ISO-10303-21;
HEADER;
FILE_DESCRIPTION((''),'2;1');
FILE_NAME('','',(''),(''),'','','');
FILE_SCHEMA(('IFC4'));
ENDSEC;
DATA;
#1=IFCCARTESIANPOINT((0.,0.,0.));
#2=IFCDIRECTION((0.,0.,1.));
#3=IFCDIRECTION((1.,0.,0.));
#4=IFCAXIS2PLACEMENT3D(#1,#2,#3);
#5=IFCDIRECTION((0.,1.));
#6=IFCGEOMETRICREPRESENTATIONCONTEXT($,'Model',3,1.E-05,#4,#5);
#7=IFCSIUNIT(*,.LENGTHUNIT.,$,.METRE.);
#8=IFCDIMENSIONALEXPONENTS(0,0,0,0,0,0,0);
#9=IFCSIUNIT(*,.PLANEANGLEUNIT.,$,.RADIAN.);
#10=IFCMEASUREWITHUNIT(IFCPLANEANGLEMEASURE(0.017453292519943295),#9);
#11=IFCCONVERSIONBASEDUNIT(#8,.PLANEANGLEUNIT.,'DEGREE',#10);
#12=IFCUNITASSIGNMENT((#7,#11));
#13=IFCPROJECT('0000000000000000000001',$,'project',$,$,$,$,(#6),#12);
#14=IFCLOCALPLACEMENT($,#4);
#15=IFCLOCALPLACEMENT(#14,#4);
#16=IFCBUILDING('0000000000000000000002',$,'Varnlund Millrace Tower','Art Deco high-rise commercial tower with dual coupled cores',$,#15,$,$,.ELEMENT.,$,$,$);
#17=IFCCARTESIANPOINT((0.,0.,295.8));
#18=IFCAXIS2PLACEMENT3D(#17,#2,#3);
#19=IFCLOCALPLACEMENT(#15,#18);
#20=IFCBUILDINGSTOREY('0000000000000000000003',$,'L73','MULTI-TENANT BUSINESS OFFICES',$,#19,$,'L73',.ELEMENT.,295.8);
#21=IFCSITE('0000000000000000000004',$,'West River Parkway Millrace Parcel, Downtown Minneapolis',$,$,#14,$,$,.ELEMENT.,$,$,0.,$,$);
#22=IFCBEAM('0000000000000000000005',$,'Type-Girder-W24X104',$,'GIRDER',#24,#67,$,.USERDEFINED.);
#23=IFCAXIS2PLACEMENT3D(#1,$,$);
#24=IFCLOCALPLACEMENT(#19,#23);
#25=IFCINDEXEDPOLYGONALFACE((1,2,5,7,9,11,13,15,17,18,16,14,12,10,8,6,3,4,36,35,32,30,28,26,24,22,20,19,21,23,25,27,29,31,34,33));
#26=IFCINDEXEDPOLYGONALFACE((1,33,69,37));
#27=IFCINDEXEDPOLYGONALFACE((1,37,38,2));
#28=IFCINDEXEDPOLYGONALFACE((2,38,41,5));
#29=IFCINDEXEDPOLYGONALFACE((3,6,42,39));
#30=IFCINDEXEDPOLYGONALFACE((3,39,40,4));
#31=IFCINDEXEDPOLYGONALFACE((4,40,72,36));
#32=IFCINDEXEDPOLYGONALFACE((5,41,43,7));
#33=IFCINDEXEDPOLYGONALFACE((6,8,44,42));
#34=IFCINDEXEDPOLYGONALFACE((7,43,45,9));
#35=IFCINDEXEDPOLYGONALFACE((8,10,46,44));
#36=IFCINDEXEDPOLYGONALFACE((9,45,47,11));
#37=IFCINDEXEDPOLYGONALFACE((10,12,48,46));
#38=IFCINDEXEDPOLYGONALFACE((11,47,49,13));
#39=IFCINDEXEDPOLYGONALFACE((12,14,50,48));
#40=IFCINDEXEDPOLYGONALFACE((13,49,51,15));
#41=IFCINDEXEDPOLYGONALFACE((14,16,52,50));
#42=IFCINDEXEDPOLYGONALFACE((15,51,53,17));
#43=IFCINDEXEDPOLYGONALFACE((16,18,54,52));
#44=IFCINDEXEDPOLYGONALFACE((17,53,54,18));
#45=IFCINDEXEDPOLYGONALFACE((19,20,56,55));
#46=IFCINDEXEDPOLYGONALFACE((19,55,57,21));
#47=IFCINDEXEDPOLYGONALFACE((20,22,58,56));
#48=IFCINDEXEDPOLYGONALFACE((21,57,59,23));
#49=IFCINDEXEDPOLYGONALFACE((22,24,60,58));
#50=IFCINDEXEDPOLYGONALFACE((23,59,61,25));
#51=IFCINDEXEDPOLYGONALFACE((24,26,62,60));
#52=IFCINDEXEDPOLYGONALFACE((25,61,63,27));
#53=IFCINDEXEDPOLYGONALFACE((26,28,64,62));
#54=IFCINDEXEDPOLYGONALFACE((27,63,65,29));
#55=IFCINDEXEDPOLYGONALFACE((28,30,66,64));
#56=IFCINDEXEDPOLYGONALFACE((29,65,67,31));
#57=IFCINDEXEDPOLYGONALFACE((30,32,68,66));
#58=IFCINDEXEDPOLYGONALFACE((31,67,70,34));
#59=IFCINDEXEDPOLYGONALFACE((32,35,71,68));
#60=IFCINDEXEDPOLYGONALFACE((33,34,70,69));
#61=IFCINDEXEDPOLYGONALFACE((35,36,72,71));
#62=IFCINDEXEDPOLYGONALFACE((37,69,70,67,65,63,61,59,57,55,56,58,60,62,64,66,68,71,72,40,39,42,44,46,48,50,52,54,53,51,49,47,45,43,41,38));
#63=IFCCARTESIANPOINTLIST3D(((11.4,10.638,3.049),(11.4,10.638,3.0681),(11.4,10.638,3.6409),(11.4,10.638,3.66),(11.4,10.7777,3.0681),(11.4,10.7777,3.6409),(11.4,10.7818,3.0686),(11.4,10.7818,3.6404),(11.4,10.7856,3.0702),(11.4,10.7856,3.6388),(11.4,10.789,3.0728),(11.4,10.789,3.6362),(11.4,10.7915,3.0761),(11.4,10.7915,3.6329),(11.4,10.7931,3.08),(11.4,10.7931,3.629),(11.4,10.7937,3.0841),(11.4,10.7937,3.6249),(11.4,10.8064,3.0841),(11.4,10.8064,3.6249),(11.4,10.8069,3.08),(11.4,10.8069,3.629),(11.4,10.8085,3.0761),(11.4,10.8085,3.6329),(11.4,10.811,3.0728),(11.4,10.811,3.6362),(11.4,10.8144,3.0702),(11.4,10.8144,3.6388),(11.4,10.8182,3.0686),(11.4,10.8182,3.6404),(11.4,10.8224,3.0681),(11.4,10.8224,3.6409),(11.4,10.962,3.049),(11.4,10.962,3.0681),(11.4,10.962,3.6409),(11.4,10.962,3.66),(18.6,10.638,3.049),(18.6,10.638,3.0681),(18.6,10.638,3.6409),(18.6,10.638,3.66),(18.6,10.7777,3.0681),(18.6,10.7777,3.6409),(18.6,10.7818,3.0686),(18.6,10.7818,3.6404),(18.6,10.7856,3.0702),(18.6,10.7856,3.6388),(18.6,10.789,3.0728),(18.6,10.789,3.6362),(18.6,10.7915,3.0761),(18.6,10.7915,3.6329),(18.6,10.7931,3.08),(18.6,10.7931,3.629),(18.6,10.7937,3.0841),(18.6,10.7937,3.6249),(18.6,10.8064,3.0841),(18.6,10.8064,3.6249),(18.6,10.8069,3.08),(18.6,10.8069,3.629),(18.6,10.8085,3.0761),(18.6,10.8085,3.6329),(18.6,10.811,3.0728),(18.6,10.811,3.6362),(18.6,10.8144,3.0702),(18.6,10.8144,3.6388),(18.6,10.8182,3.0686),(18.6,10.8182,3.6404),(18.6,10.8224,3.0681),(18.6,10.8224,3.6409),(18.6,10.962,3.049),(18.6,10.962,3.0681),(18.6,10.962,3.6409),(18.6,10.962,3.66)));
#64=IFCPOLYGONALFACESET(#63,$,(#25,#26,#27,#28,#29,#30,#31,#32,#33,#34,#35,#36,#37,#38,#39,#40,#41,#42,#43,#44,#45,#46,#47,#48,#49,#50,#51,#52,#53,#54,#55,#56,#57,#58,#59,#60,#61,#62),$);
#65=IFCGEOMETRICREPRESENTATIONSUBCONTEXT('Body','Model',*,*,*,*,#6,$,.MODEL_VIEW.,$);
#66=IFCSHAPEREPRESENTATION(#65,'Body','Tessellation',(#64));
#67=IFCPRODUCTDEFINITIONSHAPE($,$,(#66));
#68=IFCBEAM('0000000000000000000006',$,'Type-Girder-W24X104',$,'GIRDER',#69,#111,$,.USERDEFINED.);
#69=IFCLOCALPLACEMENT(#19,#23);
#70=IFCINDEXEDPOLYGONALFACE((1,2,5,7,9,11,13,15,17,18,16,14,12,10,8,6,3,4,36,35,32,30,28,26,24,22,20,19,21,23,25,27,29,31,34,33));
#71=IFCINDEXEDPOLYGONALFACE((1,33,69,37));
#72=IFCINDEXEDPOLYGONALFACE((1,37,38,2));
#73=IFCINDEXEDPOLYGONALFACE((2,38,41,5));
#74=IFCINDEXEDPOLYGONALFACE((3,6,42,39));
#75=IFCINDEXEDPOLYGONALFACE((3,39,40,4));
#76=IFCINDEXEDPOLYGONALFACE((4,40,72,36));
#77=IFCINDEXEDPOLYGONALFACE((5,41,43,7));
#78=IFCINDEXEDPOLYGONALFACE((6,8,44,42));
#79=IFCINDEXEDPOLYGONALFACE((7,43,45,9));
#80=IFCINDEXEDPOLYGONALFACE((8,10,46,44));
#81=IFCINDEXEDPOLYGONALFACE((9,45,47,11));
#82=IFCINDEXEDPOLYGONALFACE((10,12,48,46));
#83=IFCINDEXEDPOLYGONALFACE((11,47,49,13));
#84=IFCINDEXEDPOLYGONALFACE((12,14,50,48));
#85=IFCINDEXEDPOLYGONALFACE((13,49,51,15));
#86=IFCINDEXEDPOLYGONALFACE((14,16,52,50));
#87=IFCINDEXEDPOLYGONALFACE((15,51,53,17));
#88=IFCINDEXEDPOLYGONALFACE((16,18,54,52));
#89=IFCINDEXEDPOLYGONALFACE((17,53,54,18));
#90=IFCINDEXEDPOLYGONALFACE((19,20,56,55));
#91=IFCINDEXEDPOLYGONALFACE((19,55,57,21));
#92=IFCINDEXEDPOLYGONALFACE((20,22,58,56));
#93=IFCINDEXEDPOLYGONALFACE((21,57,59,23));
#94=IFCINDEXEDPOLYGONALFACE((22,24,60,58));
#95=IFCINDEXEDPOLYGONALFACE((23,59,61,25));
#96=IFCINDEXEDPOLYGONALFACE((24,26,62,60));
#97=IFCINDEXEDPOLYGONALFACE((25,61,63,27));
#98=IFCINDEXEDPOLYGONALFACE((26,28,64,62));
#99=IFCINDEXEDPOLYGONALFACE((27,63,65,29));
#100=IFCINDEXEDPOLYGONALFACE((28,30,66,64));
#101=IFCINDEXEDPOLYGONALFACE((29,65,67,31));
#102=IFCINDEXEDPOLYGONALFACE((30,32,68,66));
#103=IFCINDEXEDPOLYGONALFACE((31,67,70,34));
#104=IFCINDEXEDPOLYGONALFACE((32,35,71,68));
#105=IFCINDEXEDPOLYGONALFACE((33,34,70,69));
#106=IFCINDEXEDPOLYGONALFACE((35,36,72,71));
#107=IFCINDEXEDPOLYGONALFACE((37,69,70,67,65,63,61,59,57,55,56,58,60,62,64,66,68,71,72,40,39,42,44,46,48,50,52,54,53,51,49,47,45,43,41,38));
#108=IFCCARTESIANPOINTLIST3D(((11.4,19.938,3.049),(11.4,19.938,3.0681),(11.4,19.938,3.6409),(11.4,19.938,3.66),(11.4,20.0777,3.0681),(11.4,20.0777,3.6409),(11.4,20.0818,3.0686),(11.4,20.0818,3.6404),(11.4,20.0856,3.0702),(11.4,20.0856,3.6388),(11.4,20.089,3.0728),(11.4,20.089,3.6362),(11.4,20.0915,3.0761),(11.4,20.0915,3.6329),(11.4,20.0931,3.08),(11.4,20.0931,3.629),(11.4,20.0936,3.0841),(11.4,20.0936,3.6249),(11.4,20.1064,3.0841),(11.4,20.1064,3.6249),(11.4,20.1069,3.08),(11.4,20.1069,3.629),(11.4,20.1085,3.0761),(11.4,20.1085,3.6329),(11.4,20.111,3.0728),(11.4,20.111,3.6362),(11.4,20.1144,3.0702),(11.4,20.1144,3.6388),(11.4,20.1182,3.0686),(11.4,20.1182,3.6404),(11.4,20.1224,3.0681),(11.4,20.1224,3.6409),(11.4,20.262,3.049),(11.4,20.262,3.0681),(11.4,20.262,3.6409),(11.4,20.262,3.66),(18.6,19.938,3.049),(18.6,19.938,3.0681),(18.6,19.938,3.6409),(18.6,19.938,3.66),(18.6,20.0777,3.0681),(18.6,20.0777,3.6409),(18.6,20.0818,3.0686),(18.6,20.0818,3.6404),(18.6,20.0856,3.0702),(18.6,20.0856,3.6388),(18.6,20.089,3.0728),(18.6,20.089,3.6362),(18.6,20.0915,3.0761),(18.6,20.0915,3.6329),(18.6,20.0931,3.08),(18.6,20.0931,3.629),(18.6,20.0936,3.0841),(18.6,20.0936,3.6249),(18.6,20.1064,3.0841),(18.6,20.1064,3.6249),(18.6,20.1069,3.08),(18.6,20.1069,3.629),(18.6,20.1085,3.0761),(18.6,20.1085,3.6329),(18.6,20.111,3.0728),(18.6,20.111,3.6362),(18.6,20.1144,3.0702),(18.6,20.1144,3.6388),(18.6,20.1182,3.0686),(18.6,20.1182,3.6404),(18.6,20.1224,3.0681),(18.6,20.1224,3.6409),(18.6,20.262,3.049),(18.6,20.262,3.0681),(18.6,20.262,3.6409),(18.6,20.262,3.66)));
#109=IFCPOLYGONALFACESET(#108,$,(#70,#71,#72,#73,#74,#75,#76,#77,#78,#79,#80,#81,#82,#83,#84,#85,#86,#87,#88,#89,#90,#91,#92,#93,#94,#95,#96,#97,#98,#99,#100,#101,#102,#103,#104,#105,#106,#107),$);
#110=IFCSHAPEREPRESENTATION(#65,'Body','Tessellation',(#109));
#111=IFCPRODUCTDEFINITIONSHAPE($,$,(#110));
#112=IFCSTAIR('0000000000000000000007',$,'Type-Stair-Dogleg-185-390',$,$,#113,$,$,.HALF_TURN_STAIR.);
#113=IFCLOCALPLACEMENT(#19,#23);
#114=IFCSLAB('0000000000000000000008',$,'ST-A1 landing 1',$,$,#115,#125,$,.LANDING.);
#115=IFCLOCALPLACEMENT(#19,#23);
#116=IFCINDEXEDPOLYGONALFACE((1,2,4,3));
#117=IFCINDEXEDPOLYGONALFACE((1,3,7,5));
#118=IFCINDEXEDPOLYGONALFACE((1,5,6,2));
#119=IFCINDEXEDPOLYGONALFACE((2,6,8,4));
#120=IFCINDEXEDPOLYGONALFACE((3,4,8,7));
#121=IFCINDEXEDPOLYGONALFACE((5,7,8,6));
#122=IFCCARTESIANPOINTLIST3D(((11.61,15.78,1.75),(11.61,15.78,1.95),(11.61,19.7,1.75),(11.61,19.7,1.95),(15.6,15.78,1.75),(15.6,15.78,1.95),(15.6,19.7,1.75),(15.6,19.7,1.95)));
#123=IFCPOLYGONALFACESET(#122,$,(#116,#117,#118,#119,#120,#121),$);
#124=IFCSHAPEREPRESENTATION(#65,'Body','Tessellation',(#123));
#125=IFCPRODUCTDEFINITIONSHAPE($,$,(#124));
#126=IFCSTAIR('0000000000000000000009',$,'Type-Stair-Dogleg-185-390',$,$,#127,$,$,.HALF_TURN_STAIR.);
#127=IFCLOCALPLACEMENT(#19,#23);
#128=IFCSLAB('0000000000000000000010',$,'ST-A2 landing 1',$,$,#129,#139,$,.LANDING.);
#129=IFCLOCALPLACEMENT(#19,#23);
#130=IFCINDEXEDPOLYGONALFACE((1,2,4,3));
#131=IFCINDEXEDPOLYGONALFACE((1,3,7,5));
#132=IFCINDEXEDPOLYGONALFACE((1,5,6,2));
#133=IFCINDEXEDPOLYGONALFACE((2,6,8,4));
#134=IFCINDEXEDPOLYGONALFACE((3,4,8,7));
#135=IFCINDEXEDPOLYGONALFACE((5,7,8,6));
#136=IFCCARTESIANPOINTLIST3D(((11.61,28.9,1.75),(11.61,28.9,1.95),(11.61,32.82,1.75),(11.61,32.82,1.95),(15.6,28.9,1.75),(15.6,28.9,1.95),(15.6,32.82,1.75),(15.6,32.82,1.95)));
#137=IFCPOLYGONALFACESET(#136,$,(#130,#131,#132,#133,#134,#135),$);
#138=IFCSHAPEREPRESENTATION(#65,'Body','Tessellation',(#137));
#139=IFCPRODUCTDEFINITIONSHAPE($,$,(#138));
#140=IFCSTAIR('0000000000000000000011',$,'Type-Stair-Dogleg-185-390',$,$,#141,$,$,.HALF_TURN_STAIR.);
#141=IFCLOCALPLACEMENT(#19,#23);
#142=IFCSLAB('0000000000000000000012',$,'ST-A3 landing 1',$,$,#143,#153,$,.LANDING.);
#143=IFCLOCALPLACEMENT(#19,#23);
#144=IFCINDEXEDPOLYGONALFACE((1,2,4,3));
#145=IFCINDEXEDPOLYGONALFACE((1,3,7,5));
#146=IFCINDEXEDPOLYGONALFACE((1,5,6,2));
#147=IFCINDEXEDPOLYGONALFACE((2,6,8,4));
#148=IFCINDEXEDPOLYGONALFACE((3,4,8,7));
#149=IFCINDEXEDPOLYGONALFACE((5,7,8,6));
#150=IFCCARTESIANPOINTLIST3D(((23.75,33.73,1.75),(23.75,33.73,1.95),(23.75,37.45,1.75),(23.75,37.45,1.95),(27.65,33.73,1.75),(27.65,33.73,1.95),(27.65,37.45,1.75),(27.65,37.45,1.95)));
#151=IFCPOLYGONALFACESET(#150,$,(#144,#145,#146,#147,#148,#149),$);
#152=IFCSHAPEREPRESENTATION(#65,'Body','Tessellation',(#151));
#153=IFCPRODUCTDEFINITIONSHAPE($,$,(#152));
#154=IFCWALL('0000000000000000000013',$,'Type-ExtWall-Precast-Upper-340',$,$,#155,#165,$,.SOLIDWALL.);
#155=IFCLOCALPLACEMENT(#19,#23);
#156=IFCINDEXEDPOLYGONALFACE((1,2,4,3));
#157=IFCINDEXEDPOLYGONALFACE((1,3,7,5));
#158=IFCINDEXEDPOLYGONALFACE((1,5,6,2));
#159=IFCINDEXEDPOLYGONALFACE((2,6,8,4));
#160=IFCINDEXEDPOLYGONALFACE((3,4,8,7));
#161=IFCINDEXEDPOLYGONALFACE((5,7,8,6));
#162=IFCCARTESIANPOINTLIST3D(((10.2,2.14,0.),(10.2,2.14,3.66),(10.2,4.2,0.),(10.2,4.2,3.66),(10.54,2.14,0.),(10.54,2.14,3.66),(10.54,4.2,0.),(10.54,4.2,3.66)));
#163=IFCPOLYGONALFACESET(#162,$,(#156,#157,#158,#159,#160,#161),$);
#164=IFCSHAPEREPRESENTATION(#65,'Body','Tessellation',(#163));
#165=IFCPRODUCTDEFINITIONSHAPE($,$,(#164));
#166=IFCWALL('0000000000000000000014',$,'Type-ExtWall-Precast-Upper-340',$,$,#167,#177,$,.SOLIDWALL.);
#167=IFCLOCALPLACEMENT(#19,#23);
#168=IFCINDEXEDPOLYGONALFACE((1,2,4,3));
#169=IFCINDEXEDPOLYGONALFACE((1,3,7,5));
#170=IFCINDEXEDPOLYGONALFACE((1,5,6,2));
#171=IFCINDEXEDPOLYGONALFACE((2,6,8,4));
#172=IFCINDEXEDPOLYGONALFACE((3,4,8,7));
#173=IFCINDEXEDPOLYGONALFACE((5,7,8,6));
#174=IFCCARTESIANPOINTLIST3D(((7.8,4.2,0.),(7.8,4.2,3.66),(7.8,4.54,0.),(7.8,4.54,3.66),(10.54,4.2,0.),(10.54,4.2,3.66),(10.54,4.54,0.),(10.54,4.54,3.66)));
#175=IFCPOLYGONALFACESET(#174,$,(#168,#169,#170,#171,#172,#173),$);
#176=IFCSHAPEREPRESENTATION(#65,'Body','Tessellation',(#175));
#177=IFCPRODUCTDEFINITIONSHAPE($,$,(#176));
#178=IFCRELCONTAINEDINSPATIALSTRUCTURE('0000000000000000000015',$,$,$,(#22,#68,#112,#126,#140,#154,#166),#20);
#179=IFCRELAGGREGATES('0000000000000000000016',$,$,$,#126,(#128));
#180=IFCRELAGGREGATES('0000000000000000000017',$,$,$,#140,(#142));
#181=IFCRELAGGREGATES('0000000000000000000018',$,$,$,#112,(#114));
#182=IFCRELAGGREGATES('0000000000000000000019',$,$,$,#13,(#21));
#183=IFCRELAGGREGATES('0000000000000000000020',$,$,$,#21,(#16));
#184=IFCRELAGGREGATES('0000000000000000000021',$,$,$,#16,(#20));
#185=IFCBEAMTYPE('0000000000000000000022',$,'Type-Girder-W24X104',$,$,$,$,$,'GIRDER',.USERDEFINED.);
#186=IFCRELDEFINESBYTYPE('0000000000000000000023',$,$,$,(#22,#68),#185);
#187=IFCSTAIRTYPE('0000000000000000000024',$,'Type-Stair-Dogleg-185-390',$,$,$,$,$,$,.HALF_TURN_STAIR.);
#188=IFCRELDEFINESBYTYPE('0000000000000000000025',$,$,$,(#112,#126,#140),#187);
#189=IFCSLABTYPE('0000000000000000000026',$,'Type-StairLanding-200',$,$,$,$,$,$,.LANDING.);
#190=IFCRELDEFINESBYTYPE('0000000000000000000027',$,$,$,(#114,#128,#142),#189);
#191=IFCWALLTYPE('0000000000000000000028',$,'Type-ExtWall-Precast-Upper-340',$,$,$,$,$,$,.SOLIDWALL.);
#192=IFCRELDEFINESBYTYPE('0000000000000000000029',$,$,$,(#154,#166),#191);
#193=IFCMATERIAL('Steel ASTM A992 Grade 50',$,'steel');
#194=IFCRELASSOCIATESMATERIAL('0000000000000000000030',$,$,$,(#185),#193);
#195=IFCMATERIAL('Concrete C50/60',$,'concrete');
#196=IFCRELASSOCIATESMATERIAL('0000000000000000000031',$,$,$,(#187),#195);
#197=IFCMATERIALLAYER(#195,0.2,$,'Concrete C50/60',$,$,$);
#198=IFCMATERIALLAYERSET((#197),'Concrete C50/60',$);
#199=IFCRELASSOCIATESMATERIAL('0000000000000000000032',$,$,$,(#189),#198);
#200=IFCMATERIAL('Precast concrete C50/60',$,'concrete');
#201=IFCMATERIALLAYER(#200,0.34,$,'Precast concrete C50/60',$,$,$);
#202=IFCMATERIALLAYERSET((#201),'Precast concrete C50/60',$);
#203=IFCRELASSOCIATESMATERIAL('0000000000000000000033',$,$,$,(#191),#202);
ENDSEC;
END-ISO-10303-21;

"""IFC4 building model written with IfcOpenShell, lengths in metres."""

from ifc_helpers import new_model, entity, si_unit, converted_unit, direction, frame, origin_with_axes, origin_2d_with_axis, place, context, subcontext, project, spatial, polyline, i_section, outline, extrude, material, layer, layer_set, material_profile, profile_set, type_object, element, aggregate, save


model = new_model("IFC4")

# Units and contexts
model_context = context("Model", 3, precision=1e-05, world=origin_with_axes(), true_north=direction((0.0, 1.0)))
body_context = subcontext(model_context, "Body", "Model", "MODEL_VIEW")
ifc_project = project(units=[si_unit("LENGTHUNIT", "METRE"), converted_unit("PLANEANGLEUNIT", "DEGREE", entity("IfcPlaneAngleMeasure", 0.017453292519943295), si_unit("PLANEANGLEUNIT", "RADIAN"), dimensions=[0, 0, 0, 0, 0, 0, 0])], contexts=[model_context])

# Site, building, storey
site_placement = place(None, origin_with_axes())
site = spatial("IfcSite", under=ifc_project, at=site_placement, Name="West River Parkway Millrace Parcel, Downtown Minneapolis", CompositionType="ELEMENT", RefElevation=0.0)
building_placement = place(site_placement, origin_with_axes())
building = spatial("IfcBuilding", under=site, at=building_placement, Name="Varnlund Millrace Tower", Description="Art Deco high-rise commercial tower with dual coupled cores", CompositionType="ELEMENT")
storey_placement = place(building_placement, frame((0.0, 0.0, 295.8), z_axis=(0.0, 0.0, 1.0), x_axis=(1.0, 0.0, 0.0)))
storey = spatial("IfcBuildingStorey", under=building, at=storey_placement, Name="L73", Description="MULTI-TENANT BUSINESS OFFICES", LongName="L73", CompositionType="ELEMENT", Elevation=295.8)

# Beams
ifc_material_1 = material(Name="Steel ASTM A992 Grade 50", Category="steel")
ifc_material_profile_1 = material_profile(ifc_material_1, i_section(OverallWidth=0.324, OverallDepth=0.611, WebThickness=0.0127, FlangeThickness=0.0191, FilletRadius=0.016, at=origin_2d_with_axis()), Name="Steel ASTM A992 Grade 50")
ifc_profile_set_1 = profile_set([ifc_material_profile_1], Name="Steel ASTM A992 Grade 50")
beam_type_1 = type_object("IfcBeamType", Name="Type-Girder-W24X104", ElementType="GIRDER", PredefinedType="USERDEFINED", material=ifc_profile_set_1)
for number, where, z_axis, x_axis, name in (
    (1, (11.4, 10.8, 3.3545), (1.0, 0.0, 0.0), (0.0, 1.0, 0.0), "Type-Girder-W24X104"),
    (2, (11.4, 20.1, 3.3545), (1.0, 0.0, 0.0), (0.0, 1.0, 0.0), "Type-Girder-W24X104"),
):
    element("IfcBeam", number, at=place(storey_placement, frame(where, z_axis=z_axis, x_axis=x_axis)), inside=storey, type_object=beam_type_1, Name=name, ObjectType="GIRDER", PredefinedType="USERDEFINED", context=body_context, shape_type="SweptSolid", body=[
        extrude(i_section(OverallWidth=0.324, OverallDepth=0.611, WebThickness=0.0127, FlangeThickness=0.0191, FilletRadius=0.016, at=origin_2d_with_axis()), origin_with_axes(), (0.0, 0.0, 1.0), 7.2),
    ])

# Stairs, slabs
ifc_material_2 = material(Name="Concrete C50/60", Category="concrete")
stair_type = type_object("IfcStairType", Name="Type-Stair-Dogleg-185-390", PredefinedType="HALF_TURN_STAIR", material=ifc_material_2)
stair_1_placement = place(storey_placement, origin_with_axes())
stair_1 = element("IfcStair", 3, at=stair_1_placement, inside=storey, type_object=stair_type, Name="Type-Stair-Dogleg-185-390", PredefinedType="HALF_TURN_STAIR")
ifc_layer_1 = layer(ifc_material_2, 0.2, Name="Concrete C50/60")
ifc_layer_set_1 = layer_set([ifc_layer_1], Name="Concrete C50/60")
slab_type = type_object("IfcSlabType", Name="Type-StairLanding-200", PredefinedType="LANDING", material=ifc_layer_set_1)
slab_1_placement = place(storey_placement, frame((0.0, 0.0, 1.75), z_axis=(0.0, 0.0, 1.0), x_axis=(1.0, 0.0, 0.0)))
slab_1 = element("IfcSlab", 4, at=slab_1_placement, type_object=slab_type, Name="ST-A1 landing 1", PredefinedType="LANDING", context=body_context, shape_type="SweptSolid", body=[
    extrude(outline(polyline([(15.6, 15.78), (15.6, 19.7), (11.61, 19.7), (11.61, 15.78), (15.6, 15.78)])), origin_with_axes(), (0.0, 0.0, 1.0), 0.2),
])
stair_2_placement = place(storey_placement, origin_with_axes())
stair_2 = element("IfcStair", 5, at=stair_2_placement, inside=storey, type_object=stair_type, Name="Type-Stair-Dogleg-185-390", PredefinedType="HALF_TURN_STAIR")
slab_2_placement = place(storey_placement, frame((0.0, 0.0, 1.75), z_axis=(0.0, 0.0, 1.0), x_axis=(1.0, 0.0, 0.0)))
slab_2 = element("IfcSlab", 6, at=slab_2_placement, type_object=slab_type, Name="ST-A2 landing 1", PredefinedType="LANDING", context=body_context, shape_type="SweptSolid", body=[
    extrude(outline(polyline([(11.61, 32.82), (11.61, 28.9), (15.6, 28.9), (15.6, 32.82), (11.61, 32.82)])), origin_with_axes(), (0.0, 0.0, 1.0), 0.2),
])
aggregate(stair_2, [slab_2])
stair_3_placement = place(storey_placement, origin_with_axes())
stair_3 = element("IfcStair", 7, at=stair_3_placement, inside=storey, type_object=stair_type, Name="Type-Stair-Dogleg-185-390", PredefinedType="HALF_TURN_STAIR")
slab_3_placement = place(storey_placement, frame((0.0, 0.0, 1.75), z_axis=(0.0, 0.0, 1.0), x_axis=(1.0, 0.0, 0.0)))
slab_3 = element("IfcSlab", 8, at=slab_3_placement, type_object=slab_type, Name="ST-A3 landing 1", PredefinedType="LANDING", context=body_context, shape_type="SweptSolid", body=[
    extrude(outline(polyline([(27.65, 33.73), (27.65, 37.45), (23.75, 37.45), (23.75, 33.73), (27.65, 33.73)])), origin_with_axes(), (0.0, 0.0, 1.0), 0.2),
])
aggregate(stair_3, [slab_3])

# Walls
ifc_material_3 = material(Name="Precast concrete C50/60", Category="concrete")
ifc_layer_2 = layer(ifc_material_3, 0.34, Name="Precast concrete C50/60")
ifc_layer_set_2 = layer_set([ifc_layer_2], Name="Precast concrete C50/60")
wall_type_1 = type_object("IfcWallType", Name="Type-ExtWall-Precast-Upper-340", PredefinedType="SOLIDWALL", material=ifc_layer_set_2)
wall_1_placement = place(storey_placement, frame((10.37, 2.14, 0.0), z_axis=(0.0, 0.0, 1.0), x_axis=(0.0, 1.0, 0.0)))
element("IfcWall", 9, at=wall_1_placement, inside=storey, type_object=wall_type_1, Name="Type-ExtWall-Precast-Upper-340", PredefinedType="SOLIDWALL", context=body_context, shape_type="SweptSolid", body=[
    extrude(outline(polyline([(0.0, -0.17), (2.06, -0.17), (2.06, 0.17), (0.0, 0.17), (0.0, -0.17)])), origin_with_axes(), (0.0, 0.0, 1.0), 3.66),
])
wall_2_placement = place(storey_placement, frame((10.54, 4.37, 0.0), z_axis=(0.0, 0.0, 1.0), x_axis=(-1.0, 0.0, 0.0)))
element("IfcWall", 10, at=wall_2_placement, inside=storey, type_object=wall_type_1, Name="Type-ExtWall-Precast-Upper-340", PredefinedType="SOLIDWALL", context=body_context, shape_type="SweptSolid", body=[
    extrude(outline(polyline([(0.0, -0.17), (2.74, -0.17), (2.74, 0.17), (0.0, 0.17), (0.0, -0.17)])), origin_with_axes(), (0.0, 0.0, 1.0), 3.66),
])

aggregate(stair_1, [slab_1])

save(model, "model.ifc")
